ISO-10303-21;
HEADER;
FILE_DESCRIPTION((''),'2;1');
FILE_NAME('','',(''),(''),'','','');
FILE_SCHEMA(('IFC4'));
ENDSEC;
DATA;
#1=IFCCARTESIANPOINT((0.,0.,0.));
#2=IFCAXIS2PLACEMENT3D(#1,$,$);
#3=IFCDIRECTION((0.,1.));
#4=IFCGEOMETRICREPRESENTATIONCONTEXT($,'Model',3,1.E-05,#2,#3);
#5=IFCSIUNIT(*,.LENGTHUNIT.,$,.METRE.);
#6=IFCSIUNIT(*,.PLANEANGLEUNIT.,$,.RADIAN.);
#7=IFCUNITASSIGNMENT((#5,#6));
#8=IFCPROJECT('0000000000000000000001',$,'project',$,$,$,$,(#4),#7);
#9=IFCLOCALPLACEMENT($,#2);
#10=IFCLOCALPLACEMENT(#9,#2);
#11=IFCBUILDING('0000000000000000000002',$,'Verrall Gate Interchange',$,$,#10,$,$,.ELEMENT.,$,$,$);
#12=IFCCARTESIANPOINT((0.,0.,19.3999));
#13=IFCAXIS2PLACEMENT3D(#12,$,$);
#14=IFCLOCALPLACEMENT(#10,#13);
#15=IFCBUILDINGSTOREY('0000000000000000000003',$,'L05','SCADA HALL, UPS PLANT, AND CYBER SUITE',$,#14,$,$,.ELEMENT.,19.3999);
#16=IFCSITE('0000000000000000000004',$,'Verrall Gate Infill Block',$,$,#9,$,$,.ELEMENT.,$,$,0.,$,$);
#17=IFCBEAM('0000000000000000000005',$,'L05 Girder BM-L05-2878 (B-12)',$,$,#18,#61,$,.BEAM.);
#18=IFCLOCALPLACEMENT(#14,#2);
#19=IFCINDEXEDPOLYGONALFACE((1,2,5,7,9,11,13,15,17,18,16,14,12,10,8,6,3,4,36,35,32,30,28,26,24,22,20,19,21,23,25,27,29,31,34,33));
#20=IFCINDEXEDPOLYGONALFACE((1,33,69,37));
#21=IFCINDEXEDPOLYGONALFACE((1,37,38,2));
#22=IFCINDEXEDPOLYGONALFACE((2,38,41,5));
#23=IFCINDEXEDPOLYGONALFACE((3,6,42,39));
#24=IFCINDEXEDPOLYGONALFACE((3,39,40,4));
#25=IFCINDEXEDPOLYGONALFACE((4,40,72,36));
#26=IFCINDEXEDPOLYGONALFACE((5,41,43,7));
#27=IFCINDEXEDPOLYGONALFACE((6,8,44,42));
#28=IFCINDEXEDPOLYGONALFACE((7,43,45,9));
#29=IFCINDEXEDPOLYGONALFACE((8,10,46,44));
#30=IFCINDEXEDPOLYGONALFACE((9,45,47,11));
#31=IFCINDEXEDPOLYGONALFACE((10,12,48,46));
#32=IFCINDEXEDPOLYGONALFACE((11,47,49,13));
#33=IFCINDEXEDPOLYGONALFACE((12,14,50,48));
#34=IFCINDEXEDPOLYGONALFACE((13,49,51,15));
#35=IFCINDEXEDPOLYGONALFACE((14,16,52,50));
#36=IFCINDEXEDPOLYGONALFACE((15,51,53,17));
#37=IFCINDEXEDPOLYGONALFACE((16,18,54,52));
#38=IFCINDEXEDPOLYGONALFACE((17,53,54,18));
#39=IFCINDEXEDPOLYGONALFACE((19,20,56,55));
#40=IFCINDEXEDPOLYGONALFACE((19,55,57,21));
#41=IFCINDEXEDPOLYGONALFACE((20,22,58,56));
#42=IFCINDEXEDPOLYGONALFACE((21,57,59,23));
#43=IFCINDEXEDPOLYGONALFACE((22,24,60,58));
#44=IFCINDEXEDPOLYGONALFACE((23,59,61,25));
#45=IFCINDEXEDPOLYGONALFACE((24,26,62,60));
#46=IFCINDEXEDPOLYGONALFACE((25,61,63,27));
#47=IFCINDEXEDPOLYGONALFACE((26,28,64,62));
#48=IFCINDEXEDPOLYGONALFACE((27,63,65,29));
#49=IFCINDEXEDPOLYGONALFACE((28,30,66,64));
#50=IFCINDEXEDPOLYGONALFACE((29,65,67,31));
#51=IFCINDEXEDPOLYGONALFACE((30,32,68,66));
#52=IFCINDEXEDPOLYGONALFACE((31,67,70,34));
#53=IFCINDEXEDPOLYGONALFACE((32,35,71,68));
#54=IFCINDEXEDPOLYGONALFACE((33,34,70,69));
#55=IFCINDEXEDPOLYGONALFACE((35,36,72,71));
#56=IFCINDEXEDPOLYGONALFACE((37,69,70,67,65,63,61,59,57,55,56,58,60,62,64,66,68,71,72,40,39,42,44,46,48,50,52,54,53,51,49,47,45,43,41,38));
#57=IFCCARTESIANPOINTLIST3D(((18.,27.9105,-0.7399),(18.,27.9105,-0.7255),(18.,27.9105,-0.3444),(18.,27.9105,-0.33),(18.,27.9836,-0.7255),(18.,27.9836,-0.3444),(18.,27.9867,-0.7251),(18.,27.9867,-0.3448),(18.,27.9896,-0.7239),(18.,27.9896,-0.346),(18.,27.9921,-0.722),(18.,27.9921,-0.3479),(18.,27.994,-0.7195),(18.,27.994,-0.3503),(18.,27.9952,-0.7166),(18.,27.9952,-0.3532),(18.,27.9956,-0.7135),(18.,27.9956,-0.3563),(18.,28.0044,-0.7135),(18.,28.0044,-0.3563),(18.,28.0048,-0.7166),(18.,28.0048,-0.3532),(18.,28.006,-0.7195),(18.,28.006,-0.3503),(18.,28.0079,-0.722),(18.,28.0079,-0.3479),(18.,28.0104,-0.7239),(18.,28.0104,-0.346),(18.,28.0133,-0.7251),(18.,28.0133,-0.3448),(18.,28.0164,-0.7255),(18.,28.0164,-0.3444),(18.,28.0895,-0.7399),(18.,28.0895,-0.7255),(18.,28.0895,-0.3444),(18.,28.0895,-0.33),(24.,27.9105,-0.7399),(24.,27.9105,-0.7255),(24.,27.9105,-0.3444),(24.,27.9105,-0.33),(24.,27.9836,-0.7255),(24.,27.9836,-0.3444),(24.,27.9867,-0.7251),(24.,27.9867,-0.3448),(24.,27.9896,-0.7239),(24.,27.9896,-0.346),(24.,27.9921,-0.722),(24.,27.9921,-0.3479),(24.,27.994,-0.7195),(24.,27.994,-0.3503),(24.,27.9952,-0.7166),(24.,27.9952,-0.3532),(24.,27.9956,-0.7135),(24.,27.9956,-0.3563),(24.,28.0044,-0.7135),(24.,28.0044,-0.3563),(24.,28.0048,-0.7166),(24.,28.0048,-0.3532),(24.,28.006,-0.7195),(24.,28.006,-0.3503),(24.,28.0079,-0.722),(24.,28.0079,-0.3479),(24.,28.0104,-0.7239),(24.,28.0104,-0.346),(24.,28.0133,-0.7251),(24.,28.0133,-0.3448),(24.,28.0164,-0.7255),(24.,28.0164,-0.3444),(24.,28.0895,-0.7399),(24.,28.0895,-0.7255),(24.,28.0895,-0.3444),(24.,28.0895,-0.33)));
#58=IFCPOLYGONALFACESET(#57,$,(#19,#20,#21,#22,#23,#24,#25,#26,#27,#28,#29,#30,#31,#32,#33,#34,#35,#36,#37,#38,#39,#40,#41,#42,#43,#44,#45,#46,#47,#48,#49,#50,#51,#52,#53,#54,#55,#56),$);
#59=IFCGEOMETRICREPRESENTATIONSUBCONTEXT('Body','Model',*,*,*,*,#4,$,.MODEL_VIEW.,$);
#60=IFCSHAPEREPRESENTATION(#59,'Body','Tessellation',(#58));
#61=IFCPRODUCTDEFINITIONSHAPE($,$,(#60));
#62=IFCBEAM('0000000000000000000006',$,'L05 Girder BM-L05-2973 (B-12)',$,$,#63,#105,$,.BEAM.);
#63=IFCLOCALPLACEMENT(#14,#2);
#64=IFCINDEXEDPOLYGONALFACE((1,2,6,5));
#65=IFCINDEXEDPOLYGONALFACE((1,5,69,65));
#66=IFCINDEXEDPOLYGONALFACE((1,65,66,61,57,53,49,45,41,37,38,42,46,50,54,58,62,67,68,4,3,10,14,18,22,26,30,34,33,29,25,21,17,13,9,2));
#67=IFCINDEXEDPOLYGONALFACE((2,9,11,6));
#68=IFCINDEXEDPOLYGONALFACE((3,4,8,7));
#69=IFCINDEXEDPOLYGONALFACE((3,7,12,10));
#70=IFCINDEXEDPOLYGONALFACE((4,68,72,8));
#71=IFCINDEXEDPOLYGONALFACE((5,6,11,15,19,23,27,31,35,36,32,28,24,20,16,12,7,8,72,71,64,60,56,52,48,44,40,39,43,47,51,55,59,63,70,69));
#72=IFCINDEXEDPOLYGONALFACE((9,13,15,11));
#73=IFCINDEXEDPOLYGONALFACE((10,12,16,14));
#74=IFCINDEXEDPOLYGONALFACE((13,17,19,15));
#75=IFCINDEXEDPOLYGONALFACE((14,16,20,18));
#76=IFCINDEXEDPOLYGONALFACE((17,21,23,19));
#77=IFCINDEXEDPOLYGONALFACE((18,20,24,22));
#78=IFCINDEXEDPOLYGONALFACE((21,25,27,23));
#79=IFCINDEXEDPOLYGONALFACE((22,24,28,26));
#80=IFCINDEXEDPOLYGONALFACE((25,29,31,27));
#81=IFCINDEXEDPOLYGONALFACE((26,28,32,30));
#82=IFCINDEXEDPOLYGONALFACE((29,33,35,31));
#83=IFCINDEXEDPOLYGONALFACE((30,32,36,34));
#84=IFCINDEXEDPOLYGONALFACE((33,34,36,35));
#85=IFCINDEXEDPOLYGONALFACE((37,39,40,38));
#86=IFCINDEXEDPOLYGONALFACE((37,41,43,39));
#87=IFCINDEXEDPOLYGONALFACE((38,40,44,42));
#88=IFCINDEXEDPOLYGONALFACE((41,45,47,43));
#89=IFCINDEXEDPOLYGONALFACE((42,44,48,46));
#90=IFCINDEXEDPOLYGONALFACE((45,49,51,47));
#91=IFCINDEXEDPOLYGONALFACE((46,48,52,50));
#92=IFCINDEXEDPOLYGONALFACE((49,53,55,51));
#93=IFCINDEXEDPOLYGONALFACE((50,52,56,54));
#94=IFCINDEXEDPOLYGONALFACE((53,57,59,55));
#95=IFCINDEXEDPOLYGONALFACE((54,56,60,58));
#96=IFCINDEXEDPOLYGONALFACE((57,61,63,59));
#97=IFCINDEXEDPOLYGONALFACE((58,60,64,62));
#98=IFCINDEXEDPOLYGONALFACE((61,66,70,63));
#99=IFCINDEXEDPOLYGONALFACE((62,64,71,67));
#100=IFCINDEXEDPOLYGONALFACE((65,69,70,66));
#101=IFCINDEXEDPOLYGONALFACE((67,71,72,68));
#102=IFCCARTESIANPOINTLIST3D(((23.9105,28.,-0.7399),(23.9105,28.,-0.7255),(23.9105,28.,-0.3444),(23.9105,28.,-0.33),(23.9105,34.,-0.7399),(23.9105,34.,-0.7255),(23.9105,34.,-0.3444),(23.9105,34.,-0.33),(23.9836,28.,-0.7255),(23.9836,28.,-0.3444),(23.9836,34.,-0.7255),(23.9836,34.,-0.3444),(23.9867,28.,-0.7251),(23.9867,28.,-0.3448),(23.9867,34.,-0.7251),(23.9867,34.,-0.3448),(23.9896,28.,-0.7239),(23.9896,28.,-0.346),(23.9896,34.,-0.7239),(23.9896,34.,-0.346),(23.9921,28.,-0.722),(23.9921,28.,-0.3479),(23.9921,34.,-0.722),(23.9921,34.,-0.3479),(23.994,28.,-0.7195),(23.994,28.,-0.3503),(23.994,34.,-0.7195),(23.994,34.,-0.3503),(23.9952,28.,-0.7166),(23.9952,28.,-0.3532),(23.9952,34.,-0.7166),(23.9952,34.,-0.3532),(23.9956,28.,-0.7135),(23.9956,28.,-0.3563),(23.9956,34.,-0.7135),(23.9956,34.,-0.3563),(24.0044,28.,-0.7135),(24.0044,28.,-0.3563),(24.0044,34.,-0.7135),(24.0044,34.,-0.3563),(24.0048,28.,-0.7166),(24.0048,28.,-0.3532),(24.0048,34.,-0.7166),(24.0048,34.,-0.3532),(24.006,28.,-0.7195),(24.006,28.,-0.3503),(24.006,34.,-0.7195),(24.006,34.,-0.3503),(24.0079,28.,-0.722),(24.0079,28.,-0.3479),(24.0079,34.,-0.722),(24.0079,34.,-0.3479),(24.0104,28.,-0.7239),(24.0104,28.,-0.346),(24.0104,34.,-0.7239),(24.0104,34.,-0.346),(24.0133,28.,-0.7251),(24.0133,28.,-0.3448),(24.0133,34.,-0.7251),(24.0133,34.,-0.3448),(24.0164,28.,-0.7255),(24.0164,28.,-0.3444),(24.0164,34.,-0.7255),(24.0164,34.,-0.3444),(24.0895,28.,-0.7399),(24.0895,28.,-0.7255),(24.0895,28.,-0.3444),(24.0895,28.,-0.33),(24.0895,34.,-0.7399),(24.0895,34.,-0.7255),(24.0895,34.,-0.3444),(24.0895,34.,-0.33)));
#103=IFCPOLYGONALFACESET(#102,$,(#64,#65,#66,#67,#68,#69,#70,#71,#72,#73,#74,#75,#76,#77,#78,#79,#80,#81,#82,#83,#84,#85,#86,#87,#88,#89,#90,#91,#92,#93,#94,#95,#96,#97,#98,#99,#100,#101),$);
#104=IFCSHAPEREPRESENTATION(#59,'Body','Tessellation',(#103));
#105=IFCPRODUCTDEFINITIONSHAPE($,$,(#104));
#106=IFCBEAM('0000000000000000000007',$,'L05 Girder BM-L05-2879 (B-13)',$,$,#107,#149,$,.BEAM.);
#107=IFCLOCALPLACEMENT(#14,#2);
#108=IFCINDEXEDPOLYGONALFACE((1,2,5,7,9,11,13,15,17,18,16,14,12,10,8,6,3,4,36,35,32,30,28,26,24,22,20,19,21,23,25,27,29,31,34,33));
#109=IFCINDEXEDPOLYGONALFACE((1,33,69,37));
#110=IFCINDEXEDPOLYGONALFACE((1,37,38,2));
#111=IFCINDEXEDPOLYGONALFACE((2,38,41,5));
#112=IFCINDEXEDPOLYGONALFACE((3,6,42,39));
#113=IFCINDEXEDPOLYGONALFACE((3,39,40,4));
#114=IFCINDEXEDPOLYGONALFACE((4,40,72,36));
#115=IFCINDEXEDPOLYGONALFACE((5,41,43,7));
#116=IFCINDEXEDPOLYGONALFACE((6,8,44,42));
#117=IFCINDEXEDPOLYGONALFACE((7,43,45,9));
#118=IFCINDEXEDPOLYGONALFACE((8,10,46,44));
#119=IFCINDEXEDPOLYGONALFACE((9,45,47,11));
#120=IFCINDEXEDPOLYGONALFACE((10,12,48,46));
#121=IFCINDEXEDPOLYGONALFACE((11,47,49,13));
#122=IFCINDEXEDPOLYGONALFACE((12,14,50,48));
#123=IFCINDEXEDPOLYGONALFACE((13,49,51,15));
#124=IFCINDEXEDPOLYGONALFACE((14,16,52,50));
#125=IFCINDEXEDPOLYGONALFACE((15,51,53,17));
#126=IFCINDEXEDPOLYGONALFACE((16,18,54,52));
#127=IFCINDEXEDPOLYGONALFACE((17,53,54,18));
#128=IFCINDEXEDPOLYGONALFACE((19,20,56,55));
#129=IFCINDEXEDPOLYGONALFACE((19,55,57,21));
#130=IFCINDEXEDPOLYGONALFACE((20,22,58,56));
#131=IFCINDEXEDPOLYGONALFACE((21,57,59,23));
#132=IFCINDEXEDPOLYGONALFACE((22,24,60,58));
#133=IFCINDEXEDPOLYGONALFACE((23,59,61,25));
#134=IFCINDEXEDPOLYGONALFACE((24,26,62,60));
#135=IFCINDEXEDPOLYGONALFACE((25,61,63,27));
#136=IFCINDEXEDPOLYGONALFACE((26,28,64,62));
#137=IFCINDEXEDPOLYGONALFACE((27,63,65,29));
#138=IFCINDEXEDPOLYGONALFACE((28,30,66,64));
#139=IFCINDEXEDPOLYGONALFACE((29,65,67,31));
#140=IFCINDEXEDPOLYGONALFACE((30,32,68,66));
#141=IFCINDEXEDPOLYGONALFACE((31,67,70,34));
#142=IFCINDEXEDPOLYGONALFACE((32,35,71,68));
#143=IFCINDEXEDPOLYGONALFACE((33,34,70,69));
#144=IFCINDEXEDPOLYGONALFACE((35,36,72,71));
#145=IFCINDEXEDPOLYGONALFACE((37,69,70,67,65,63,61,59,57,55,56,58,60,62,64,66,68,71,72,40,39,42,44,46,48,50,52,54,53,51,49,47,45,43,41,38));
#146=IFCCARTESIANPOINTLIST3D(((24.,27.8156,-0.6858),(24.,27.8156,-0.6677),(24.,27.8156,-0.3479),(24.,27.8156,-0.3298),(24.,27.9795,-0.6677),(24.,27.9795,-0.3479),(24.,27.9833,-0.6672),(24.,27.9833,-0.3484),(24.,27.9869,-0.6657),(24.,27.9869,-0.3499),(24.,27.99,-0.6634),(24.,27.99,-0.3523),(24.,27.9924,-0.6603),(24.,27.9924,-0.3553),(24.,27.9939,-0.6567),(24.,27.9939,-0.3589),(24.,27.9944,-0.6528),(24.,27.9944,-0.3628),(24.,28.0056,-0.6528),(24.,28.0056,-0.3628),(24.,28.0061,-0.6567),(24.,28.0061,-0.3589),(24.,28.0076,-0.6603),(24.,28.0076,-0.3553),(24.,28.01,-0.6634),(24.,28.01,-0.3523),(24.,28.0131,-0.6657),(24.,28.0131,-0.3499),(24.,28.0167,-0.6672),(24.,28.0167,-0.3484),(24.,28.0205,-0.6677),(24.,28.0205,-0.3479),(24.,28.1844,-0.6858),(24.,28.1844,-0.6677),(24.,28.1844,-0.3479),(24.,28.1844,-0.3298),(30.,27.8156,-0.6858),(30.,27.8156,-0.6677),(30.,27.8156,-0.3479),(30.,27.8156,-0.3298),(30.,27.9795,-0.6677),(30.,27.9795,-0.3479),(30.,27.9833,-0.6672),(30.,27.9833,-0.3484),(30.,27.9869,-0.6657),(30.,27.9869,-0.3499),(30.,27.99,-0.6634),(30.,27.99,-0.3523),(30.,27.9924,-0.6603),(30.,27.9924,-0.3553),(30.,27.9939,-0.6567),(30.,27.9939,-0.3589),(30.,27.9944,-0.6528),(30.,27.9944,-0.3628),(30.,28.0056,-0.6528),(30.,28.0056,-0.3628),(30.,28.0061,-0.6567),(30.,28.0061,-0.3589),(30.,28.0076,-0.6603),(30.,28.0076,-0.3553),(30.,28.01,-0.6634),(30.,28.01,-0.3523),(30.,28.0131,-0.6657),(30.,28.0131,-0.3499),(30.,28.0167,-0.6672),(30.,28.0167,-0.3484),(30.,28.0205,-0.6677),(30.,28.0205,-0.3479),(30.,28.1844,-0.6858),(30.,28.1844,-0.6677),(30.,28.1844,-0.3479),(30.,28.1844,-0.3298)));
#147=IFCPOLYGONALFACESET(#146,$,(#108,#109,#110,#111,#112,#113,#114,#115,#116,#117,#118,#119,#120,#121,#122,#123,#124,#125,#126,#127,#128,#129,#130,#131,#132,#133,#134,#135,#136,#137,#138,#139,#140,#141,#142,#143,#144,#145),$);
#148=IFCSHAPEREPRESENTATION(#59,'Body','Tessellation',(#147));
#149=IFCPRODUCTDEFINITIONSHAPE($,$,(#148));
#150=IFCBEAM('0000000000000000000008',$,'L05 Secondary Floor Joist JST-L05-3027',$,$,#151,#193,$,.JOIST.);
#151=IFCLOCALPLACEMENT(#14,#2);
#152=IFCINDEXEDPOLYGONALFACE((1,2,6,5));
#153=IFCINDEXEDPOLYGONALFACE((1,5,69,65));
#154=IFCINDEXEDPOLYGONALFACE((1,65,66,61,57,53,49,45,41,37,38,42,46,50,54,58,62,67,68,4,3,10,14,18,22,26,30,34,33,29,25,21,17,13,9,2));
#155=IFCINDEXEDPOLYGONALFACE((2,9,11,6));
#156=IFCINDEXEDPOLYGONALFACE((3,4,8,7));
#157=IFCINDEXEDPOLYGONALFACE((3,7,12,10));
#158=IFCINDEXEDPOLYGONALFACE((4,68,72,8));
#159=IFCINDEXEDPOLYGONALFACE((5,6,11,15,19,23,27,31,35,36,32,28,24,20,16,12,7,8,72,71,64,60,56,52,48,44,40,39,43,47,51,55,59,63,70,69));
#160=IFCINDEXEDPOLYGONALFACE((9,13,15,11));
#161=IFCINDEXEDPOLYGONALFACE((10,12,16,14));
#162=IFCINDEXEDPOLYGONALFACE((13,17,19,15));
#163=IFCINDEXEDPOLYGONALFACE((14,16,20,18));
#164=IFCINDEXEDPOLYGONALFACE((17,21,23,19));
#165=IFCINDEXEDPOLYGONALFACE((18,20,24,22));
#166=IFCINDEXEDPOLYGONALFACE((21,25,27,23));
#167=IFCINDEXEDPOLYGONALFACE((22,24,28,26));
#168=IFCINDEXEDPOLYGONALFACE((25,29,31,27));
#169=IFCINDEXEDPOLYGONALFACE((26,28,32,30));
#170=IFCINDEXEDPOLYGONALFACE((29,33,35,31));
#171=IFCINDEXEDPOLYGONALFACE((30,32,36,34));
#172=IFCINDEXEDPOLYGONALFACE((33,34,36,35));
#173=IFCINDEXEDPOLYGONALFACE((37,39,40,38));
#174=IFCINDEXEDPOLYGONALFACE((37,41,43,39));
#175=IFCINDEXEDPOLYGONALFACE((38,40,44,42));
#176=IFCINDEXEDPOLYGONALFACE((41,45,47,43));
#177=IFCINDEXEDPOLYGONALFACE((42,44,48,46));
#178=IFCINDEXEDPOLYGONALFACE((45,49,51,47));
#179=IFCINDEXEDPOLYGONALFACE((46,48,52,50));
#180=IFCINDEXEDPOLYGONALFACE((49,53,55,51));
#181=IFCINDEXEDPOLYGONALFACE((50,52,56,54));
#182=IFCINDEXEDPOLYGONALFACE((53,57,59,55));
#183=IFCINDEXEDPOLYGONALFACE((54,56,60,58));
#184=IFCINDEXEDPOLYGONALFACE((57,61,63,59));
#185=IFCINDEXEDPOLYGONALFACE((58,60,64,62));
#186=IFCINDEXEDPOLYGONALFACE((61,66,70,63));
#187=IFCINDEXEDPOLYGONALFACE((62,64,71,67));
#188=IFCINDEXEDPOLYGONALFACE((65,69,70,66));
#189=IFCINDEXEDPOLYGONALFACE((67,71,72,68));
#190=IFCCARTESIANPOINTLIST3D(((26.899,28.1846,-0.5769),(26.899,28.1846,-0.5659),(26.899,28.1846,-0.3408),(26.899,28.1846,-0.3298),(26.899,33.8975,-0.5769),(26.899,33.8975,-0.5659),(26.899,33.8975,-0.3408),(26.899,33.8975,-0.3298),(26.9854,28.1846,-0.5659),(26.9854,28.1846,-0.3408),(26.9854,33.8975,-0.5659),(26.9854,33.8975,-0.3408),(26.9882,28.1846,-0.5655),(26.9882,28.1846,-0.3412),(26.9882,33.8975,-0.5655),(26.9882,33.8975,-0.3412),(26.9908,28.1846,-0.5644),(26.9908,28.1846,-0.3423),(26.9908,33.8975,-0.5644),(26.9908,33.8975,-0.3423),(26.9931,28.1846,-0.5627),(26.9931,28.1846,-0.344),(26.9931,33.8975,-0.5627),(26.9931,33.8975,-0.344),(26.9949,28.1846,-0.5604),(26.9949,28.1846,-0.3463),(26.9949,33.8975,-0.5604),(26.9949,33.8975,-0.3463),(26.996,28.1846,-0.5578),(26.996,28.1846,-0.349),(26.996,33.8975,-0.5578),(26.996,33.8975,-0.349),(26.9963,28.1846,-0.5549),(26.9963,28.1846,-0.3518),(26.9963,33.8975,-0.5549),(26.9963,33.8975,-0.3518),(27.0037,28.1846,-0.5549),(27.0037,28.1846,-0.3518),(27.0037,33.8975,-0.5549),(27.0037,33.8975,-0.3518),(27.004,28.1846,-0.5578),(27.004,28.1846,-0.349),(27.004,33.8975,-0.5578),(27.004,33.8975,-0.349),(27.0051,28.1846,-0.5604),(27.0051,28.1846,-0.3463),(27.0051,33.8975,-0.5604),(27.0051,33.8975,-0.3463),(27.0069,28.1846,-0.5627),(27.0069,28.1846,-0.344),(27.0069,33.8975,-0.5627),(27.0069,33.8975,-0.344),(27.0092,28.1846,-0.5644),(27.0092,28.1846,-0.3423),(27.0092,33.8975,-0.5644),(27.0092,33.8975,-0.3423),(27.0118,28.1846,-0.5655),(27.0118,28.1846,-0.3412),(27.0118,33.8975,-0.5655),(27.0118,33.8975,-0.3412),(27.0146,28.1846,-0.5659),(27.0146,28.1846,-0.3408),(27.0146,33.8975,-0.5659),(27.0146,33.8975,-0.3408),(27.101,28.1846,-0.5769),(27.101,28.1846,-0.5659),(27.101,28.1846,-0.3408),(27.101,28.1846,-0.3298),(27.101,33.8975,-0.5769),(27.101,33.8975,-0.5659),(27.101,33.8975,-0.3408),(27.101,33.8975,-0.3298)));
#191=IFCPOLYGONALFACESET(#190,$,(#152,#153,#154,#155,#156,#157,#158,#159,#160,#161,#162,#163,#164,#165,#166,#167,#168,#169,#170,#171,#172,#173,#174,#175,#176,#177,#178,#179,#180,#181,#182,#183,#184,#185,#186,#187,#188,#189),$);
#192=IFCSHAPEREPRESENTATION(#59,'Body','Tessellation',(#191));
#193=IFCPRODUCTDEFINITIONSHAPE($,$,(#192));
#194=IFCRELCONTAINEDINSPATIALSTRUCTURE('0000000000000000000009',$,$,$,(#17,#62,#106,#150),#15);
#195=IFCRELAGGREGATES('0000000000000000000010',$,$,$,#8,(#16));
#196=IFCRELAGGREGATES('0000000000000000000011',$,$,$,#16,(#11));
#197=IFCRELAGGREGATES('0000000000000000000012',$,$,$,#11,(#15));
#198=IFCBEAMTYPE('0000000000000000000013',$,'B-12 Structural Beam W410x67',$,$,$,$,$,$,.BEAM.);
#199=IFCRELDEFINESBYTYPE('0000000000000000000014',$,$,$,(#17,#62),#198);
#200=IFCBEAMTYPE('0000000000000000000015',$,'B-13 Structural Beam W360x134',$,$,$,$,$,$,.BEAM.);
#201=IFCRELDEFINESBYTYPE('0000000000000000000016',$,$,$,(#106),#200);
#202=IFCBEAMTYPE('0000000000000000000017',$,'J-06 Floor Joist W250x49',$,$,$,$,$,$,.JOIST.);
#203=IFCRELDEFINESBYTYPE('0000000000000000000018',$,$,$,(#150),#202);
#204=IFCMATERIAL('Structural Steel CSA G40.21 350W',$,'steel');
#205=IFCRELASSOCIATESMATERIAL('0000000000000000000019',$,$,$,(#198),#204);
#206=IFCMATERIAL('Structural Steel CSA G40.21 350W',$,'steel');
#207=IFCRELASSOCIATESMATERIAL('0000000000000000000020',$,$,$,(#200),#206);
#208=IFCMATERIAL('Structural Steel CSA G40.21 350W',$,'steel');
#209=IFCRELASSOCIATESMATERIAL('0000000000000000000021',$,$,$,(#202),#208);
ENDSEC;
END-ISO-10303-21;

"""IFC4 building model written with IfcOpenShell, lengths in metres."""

from ifc_helpers import new_model, si_unit, direction, frame, origin, origin_2d, place, context, subcontext, project, spatial, i_section, extrude, material, material_profile, profile_set, type_object, element, save


model = new_model("IFC4")

# Units and contexts
model_context = context("Model", 3, precision=1e-05, world=origin(), true_north=direction((0.0, 1.0)))
body_context = subcontext(model_context, "Body", "Model", "MODEL_VIEW")
ifc_project = project(units=[si_unit("LENGTHUNIT", "METRE"), si_unit("PLANEANGLEUNIT", "RADIAN")], contexts=[model_context])

# Site, building, storey
site_placement = place(None, origin())
site = spatial("IfcSite", under=ifc_project, at=site_placement, Name="Verrall Gate Infill Block", CompositionType="ELEMENT", RefElevation=0.0)
building_placement = place(site_placement, origin())
building = spatial("IfcBuilding", under=site, at=building_placement, Name="Verrall Gate Interchange", CompositionType="ELEMENT")
storey_placement = place(building_placement, frame((0.0, 0.0, 19.3999)))
storey = spatial("IfcBuildingStorey", under=building, at=storey_placement, Name="L05", Description="SCADA HALL, UPS PLANT, AND CYBER SUITE", CompositionType="ELEMENT", Elevation=19.3999)

# Beams
ifc_material_1 = material(Name="Structural Steel CSA G40.21 350W", Category="steel")
ifc_material_profile_1 = material_profile(ifc_material_1, i_section(OverallWidth=0.179, OverallDepth=0.4099, WebThickness=0.0088, FlangeThickness=0.0144, FilletRadius=0.012, at=origin_2d()), Name="W410x67")
ifc_profile_set_1 = profile_set([ifc_material_profile_1], Name="Structural Steel CSA G40.21 350W")
beam_type_1 = type_object("IfcBeamType", Name="B-12 Structural Beam W410x67", PredefinedType="BEAM", material=ifc_profile_set_1)
for number, where, z_axis, x_axis, name in (
    (1, (18.0, 28.0, -0.5349), (1.0, 0.0, 0.0), (0.0, 1.0, 0.0), "L05 Girder BM-L05-2878 (B-12)"),
    (2, (24.0, 28.0, -0.5349), (0.0, 1.0, 0.0), (-1.0, 0.0, 0.0), "L05 Girder BM-L05-2973 (B-12)"),
):
    element("IfcBeam", number, at=place(storey_placement, frame(where, z_axis=z_axis, x_axis=x_axis)), inside=storey, type_object=beam_type_1, Name=name, PredefinedType="BEAM", context=body_context, shape_type="SweptSolid", body=[
        extrude(i_section(OverallWidth=0.179, OverallDepth=0.4099, WebThickness=0.0088, FlangeThickness=0.0144, FilletRadius=0.012, at=origin_2d()), origin(), (0.0, 0.0, 1.0), 6.0),
    ])
ifc_material_2 = material(Name="Structural Steel CSA G40.21 350W", Category="steel")
ifc_material_profile_2 = material_profile(ifc_material_2, i_section(OverallWidth=0.3689, OverallDepth=0.356, WebThickness=0.0112, FlangeThickness=0.0181, FilletRadius=0.0149, at=origin_2d()), Name="W360x134")
ifc_profile_set_2 = profile_set([ifc_material_profile_2], Name="Structural Steel CSA G40.21 350W")
beam_type_2 = type_object("IfcBeamType", Name="B-13 Structural Beam W360x134", PredefinedType="BEAM", material=ifc_profile_set_2)
beam_1_placement = place(storey_placement, frame((24.0, 28.0, -0.5078), z_axis=(1.0, 0.0, 0.0), x_axis=(0.0, 1.0, 0.0)))
element("IfcBeam", 3, at=beam_1_placement, inside=storey, type_object=beam_type_2, Name="L05 Girder BM-L05-2879 (B-13)", PredefinedType="BEAM", context=body_context, shape_type="SweptSolid", body=[
    extrude(i_section(OverallWidth=0.3689, OverallDepth=0.356, WebThickness=0.0112, FlangeThickness=0.0181, FilletRadius=0.0149, at=origin_2d()), origin(), (0.0, 0.0, 1.0), 6.0),
])
ifc_material_3 = material(Name="Structural Steel CSA G40.21 350W", Category="steel")
ifc_material_profile_3 = material_profile(ifc_material_3, i_section(OverallWidth=0.2019, OverallDepth=0.2471, WebThickness=0.0073, FlangeThickness=0.011, FilletRadius=0.011, at=origin_2d()), Name="W250x49")
ifc_profile_set_3 = profile_set([ifc_material_profile_3], Name="Structural Steel CSA G40.21 350W")
beam_type_3 = type_object("IfcBeamType", Name="J-06 Floor Joist W250x49", PredefinedType="JOIST", material=ifc_profile_set_3)
beam_2_placement = place(storey_placement, frame((27.0, 28.1846, -0.4534), z_axis=(0.0, 1.0, 0.0), x_axis=(-1.0, 0.0, 0.0)))
element("IfcBeam", 4, at=beam_2_placement, inside=storey, type_object=beam_type_3, Name="L05 Secondary Floor Joist JST-L05-3027", PredefinedType="JOIST", context=body_context, shape_type="SweptSolid", body=[
    extrude(i_section(OverallWidth=0.2019, OverallDepth=0.2471, WebThickness=0.0073, FlangeThickness=0.011, FilletRadius=0.011, at=origin_2d()), origin(), (0.0, 0.0, 1.0), 5.7129),
])

save(model, "model.ifc")
